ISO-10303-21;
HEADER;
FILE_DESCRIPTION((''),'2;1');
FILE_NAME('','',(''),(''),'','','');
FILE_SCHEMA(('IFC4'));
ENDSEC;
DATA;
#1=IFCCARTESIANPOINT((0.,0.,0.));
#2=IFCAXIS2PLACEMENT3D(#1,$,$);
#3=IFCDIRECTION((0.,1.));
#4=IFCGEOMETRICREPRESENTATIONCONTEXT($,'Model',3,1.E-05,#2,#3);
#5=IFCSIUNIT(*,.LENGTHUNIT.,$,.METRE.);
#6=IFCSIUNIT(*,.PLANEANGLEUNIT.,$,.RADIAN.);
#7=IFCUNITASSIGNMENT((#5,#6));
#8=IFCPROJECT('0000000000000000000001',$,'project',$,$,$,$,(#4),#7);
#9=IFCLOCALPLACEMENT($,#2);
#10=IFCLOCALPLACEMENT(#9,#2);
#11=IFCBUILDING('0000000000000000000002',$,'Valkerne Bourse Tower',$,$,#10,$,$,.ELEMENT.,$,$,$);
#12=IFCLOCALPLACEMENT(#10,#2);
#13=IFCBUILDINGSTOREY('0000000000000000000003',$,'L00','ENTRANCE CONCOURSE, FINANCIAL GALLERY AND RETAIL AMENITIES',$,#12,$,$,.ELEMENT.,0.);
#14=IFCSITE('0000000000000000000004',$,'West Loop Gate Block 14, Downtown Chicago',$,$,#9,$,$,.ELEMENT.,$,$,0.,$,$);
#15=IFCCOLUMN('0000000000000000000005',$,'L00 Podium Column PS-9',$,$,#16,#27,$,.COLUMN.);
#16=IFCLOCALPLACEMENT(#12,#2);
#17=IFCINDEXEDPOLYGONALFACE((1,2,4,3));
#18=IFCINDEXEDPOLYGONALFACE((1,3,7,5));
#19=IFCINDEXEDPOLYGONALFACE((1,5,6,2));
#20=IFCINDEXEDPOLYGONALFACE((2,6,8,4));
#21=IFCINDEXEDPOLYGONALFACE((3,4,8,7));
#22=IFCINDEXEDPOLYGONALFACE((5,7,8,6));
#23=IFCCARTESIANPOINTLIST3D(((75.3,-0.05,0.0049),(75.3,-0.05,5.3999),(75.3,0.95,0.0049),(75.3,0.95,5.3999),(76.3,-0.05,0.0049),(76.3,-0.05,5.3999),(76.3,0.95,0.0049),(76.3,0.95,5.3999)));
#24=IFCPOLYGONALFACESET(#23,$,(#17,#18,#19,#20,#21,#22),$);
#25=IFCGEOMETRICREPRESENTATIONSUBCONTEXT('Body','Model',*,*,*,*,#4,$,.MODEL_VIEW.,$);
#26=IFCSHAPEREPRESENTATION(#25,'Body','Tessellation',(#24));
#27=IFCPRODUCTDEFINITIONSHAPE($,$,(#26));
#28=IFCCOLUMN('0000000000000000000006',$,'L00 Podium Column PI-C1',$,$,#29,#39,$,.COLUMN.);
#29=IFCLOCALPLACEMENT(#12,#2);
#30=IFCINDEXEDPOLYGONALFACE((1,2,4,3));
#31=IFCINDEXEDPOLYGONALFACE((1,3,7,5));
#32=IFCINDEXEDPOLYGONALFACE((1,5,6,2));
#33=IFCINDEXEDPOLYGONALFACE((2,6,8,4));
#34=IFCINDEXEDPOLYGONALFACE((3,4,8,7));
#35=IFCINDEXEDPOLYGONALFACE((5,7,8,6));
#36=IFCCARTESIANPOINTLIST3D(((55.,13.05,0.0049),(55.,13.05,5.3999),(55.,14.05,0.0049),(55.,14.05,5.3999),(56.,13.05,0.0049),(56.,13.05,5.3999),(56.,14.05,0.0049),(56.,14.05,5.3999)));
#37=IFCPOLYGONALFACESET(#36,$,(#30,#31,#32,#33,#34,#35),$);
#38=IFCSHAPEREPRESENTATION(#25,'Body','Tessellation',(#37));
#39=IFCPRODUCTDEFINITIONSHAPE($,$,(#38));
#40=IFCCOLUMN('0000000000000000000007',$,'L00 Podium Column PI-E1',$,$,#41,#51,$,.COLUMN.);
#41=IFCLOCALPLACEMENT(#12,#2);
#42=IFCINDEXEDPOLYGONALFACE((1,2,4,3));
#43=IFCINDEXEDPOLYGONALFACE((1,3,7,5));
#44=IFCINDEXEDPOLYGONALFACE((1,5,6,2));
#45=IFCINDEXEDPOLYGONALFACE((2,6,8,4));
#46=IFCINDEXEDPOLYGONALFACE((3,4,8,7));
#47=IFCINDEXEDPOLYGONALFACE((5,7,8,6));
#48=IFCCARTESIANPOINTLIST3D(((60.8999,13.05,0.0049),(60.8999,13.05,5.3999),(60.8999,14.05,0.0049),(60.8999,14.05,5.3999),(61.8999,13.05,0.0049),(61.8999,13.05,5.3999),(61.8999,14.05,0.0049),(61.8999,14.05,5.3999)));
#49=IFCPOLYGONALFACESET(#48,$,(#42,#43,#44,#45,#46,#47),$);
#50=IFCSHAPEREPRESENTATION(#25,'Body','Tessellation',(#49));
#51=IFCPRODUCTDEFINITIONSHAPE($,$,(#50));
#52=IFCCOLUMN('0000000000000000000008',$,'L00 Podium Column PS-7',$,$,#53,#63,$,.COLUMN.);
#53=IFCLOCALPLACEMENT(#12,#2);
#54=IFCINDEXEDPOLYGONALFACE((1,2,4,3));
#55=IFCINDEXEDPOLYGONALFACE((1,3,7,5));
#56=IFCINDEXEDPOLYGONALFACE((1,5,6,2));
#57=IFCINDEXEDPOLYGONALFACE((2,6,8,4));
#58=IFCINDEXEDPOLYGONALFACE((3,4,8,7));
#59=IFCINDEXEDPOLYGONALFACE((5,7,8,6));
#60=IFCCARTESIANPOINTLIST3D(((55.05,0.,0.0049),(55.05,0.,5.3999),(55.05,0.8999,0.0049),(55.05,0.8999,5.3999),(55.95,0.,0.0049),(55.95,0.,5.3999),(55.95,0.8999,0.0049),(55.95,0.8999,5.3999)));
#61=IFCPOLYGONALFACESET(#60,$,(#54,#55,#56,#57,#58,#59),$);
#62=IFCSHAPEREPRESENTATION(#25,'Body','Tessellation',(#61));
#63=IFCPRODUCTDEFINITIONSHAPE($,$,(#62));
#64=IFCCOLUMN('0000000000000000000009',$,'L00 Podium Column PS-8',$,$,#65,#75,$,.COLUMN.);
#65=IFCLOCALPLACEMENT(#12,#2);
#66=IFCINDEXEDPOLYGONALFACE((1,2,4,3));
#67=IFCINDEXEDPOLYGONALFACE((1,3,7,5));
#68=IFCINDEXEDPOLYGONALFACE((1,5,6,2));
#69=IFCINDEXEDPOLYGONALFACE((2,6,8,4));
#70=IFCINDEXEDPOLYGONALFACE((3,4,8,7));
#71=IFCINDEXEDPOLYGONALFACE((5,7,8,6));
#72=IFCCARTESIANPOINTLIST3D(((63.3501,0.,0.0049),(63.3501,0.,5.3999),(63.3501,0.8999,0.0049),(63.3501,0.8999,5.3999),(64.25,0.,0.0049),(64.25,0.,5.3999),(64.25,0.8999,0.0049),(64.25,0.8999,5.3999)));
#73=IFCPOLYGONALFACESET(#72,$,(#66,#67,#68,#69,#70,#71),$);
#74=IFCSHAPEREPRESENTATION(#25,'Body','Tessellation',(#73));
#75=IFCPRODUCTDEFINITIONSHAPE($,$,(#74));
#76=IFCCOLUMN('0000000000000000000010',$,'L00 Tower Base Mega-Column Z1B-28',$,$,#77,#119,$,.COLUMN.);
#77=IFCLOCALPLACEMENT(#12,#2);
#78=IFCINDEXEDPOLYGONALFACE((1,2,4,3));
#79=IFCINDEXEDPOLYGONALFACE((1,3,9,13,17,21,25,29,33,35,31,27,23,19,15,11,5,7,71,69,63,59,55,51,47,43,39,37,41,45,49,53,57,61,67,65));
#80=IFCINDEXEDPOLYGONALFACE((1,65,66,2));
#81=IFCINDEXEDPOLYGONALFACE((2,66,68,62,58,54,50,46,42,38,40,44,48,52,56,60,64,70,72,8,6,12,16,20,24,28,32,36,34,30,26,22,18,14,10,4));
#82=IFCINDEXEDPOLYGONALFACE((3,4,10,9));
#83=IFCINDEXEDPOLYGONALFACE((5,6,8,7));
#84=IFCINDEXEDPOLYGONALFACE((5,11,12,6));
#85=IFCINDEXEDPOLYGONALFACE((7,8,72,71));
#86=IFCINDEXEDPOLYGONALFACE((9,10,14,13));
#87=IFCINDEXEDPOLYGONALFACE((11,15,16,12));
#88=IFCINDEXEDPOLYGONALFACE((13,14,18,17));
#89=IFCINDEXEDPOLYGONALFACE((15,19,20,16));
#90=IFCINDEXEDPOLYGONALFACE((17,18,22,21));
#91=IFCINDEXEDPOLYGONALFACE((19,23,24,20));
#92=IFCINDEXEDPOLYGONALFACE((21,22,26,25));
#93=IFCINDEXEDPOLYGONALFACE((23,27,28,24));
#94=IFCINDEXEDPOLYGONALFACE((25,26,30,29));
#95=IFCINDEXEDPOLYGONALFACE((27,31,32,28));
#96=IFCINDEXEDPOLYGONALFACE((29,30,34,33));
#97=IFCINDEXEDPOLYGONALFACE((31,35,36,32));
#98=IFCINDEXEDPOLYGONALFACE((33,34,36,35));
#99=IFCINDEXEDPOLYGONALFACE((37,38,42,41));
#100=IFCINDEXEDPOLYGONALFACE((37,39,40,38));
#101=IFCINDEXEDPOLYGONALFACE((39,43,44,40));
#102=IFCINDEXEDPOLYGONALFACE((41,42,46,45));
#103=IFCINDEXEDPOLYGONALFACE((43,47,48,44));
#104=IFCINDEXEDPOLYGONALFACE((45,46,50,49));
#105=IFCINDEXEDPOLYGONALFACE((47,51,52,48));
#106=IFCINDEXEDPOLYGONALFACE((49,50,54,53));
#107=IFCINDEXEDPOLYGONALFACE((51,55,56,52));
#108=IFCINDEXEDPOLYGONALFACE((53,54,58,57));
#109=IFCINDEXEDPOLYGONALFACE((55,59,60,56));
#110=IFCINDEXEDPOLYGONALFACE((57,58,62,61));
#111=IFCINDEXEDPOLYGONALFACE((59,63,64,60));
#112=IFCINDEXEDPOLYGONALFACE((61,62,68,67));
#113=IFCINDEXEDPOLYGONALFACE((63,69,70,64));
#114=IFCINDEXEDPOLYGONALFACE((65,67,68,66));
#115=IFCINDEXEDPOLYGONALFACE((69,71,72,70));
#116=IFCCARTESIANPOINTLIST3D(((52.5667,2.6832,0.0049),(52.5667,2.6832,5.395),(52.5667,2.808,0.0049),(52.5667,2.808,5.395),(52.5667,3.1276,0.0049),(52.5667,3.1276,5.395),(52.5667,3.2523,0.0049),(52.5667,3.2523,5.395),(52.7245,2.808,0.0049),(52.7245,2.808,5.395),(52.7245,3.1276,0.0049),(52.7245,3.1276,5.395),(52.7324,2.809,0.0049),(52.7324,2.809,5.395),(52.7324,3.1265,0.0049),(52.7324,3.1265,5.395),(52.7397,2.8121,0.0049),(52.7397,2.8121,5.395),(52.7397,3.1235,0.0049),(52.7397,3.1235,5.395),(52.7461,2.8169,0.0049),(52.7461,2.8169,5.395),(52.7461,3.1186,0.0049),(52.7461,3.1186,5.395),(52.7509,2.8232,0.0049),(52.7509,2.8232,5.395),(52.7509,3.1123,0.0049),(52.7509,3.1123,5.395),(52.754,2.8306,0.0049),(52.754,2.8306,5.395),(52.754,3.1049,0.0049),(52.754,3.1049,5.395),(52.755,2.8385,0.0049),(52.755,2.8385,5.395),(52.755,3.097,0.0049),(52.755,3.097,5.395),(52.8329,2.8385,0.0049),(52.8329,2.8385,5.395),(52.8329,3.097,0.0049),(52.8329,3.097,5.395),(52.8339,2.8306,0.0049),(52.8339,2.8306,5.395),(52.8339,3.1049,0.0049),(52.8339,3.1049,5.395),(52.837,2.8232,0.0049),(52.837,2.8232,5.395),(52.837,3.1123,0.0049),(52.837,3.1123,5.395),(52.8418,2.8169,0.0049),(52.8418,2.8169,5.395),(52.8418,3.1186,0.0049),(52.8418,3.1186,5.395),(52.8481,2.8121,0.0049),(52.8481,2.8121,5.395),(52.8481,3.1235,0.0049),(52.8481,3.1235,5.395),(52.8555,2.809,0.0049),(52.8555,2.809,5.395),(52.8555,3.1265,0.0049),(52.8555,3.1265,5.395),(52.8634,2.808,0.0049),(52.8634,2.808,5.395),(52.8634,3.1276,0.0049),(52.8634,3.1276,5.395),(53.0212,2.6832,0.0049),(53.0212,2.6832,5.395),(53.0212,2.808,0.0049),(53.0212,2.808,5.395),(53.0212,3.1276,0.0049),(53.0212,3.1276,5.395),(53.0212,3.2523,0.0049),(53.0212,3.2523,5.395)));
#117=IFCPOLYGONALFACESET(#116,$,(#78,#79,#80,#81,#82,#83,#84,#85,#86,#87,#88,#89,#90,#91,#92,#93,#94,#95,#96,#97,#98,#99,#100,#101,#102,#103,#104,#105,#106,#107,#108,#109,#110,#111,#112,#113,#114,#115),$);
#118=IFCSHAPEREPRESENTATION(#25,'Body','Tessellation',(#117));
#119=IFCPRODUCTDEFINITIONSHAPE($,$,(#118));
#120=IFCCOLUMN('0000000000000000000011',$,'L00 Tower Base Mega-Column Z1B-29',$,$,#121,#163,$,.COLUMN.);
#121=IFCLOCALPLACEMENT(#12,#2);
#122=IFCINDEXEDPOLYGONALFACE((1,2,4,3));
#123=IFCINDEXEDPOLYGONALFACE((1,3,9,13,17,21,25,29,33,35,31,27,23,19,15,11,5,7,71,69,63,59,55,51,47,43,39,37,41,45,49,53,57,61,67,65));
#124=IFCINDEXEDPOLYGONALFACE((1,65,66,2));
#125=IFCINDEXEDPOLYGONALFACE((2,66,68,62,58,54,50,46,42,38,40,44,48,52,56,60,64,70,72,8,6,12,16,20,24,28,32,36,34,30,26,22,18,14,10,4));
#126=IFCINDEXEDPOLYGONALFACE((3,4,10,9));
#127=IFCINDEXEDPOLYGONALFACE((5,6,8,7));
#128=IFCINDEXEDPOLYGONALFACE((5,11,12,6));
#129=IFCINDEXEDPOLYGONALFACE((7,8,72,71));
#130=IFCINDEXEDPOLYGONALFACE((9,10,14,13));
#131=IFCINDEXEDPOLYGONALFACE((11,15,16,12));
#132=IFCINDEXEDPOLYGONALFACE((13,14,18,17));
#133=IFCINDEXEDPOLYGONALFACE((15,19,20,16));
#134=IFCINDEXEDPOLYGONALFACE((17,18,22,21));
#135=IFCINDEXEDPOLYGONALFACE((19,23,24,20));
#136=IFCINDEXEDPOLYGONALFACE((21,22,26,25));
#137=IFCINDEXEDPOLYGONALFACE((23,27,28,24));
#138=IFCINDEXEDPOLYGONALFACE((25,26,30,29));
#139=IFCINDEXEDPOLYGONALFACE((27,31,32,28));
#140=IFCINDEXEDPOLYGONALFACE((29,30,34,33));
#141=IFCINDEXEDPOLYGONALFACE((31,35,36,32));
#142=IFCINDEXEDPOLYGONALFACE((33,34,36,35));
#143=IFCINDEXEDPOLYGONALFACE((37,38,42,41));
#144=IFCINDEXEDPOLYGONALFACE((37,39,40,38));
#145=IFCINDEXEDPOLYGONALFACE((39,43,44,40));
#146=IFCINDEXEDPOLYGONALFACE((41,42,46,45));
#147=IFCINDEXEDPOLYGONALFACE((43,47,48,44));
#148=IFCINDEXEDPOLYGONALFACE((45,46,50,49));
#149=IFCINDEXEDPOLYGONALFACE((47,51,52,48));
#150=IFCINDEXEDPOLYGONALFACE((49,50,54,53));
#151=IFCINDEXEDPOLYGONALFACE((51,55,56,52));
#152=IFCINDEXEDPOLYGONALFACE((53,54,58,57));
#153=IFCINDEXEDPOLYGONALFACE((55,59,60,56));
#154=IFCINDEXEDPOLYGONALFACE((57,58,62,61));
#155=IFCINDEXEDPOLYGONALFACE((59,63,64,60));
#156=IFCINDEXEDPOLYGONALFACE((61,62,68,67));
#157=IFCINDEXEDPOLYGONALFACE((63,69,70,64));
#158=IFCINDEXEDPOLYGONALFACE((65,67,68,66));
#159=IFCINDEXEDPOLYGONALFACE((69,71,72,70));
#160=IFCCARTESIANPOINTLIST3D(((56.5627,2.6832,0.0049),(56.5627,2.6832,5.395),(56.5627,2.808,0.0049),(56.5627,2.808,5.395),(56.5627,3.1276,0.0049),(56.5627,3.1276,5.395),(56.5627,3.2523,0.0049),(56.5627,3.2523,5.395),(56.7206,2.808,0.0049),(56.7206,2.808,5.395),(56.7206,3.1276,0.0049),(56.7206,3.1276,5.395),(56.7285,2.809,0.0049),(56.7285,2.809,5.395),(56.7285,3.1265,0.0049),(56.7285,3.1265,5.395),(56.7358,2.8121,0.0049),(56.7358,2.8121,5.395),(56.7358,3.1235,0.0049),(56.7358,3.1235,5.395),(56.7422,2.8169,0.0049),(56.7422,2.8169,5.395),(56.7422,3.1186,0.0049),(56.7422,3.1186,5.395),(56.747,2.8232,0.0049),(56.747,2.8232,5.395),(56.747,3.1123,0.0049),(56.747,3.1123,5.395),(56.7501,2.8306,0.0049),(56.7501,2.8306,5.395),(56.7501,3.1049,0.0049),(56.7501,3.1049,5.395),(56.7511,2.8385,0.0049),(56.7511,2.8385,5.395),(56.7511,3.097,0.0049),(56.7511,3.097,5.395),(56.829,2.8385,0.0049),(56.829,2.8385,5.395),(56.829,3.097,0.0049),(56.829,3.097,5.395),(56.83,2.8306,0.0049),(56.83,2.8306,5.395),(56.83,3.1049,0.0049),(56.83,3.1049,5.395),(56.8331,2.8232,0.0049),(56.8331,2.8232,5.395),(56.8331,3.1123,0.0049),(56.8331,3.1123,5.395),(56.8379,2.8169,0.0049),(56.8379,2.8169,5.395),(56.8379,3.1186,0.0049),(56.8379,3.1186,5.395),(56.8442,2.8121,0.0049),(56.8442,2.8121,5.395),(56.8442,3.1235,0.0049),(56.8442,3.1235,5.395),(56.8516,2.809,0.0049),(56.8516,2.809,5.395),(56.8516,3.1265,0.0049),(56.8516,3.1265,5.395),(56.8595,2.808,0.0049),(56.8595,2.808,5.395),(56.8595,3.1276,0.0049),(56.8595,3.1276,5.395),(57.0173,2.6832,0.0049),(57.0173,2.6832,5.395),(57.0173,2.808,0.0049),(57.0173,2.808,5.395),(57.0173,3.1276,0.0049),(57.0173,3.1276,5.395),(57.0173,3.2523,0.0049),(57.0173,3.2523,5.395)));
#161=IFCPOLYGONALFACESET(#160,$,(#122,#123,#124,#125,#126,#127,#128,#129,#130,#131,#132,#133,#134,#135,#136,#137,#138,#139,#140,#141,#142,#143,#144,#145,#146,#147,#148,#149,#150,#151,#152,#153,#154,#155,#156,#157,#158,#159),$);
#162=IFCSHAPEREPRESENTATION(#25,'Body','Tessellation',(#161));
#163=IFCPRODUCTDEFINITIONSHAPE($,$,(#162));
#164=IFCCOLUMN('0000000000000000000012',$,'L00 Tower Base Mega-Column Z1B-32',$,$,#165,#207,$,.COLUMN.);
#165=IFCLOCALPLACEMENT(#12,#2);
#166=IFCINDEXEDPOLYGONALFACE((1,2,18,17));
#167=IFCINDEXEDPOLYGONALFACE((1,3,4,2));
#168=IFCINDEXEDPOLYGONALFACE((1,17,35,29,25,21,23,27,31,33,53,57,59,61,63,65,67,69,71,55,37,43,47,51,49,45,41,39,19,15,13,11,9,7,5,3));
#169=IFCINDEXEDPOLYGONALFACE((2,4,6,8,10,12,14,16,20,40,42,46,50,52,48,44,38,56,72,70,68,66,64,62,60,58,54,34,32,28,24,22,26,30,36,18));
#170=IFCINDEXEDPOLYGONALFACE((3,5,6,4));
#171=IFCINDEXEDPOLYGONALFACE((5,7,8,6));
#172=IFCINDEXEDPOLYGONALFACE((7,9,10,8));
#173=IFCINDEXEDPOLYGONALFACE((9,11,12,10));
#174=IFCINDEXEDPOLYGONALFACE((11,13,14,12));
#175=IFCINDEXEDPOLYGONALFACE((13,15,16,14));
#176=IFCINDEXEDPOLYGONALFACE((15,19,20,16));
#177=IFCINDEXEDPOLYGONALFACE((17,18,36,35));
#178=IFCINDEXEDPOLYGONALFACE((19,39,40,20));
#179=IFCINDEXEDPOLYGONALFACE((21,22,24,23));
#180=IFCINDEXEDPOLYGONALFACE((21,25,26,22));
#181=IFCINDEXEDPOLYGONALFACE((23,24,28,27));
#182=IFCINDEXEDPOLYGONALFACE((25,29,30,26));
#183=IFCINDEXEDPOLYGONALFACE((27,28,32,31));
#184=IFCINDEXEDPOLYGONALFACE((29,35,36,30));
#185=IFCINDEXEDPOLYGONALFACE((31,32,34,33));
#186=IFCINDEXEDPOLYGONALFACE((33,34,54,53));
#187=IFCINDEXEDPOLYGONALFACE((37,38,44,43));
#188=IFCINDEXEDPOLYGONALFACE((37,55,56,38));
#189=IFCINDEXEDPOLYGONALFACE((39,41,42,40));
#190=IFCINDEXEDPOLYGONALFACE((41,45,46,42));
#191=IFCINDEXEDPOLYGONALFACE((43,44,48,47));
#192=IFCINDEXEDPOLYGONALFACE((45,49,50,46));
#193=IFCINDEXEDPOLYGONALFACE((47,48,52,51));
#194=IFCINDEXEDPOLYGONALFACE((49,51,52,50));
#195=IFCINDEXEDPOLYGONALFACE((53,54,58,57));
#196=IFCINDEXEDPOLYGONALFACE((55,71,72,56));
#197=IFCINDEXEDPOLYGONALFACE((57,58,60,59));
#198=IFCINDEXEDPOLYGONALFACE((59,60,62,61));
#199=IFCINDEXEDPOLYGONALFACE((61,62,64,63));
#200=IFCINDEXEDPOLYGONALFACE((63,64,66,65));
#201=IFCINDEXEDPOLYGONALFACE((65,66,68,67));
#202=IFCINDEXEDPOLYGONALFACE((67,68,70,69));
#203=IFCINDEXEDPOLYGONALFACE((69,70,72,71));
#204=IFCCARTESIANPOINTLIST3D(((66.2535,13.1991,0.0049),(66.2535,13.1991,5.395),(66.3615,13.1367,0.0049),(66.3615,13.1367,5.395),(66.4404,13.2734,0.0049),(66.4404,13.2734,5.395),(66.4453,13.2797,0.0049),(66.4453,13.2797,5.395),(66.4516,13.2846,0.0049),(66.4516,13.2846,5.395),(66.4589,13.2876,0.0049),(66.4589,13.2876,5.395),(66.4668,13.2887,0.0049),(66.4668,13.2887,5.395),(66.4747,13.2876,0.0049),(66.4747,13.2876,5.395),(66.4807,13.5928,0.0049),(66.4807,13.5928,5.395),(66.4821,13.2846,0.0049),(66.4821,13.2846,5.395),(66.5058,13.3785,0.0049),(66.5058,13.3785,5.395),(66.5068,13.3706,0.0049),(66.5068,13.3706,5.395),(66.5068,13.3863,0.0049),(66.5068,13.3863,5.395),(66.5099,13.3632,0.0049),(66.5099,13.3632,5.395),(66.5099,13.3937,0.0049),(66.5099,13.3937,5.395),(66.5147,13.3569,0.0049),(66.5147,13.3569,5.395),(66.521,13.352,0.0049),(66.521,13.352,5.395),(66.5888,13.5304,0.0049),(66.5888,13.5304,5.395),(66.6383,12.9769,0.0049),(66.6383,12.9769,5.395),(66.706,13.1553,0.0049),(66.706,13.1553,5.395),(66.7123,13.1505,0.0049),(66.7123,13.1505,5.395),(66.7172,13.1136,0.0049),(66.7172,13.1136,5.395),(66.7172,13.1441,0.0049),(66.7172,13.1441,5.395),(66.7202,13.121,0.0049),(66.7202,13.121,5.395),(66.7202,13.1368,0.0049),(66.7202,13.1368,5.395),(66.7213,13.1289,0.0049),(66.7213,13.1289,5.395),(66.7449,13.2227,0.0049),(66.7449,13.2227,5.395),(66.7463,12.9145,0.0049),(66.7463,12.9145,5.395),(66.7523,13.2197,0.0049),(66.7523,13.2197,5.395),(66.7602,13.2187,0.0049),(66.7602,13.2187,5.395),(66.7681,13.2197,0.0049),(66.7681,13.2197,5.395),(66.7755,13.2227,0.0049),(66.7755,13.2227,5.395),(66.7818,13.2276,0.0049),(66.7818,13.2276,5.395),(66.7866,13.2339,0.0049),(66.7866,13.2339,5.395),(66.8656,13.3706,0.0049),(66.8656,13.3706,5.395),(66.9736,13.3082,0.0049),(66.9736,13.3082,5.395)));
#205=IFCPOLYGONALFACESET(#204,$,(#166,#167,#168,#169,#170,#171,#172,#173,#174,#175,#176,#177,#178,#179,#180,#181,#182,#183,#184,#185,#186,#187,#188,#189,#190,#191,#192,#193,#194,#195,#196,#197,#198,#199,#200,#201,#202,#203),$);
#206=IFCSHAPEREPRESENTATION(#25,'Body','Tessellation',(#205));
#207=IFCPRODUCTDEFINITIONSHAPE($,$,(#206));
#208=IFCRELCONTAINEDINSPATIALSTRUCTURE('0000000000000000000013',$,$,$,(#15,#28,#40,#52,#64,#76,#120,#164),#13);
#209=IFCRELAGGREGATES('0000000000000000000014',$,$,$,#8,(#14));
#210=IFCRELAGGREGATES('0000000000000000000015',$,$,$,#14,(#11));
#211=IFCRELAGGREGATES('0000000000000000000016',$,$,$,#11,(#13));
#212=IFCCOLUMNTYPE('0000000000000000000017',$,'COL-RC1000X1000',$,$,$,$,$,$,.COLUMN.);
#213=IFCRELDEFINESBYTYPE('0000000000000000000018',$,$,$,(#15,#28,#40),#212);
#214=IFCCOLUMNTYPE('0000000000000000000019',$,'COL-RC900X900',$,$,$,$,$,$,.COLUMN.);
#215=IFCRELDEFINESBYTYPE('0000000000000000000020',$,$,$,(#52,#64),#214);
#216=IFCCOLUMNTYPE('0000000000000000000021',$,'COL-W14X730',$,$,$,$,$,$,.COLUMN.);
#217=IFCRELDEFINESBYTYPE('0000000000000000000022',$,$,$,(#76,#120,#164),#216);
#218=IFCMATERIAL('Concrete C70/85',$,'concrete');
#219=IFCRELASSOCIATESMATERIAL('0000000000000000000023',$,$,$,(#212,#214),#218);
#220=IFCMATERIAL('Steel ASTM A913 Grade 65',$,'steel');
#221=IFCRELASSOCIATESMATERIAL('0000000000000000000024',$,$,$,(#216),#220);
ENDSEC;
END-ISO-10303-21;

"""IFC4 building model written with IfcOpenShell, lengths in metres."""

from ifc_helpers import new_model, si_unit, direction, frame, origin, origin_2d, place, context, subcontext, project, spatial, rectangle, i_section, extrude, material, material_profile, profile_set, type_object, element, save


model = new_model("IFC4")

# Units and contexts
model_context = context("Model", 3, precision=1e-05, world=origin(), true_north=direction((0.0, 1.0)))
body_context = subcontext(model_context, "Body", "Model", "MODEL_VIEW")
ifc_project = project(units=[si_unit("LENGTHUNIT", "METRE"), si_unit("PLANEANGLEUNIT", "RADIAN")], contexts=[model_context])

# Site, building, storey
site_placement = place(None, origin())
site = spatial("IfcSite", under=ifc_project, at=site_placement, Name="West Loop Gate Block 14, Downtown Chicago", CompositionType="ELEMENT", RefElevation=0.0)
building_placement = place(site_placement, origin())
building = spatial("IfcBuilding", under=site, at=building_placement, Name="Valkerne Bourse Tower", CompositionType="ELEMENT")
storey_placement = place(building_placement, origin())
storey = spatial("IfcBuildingStorey", under=building, at=storey_placement, Name="L00", Description="ENTRANCE CONCOURSE, FINANCIAL GALLERY AND RETAIL AMENITIES", CompositionType="ELEMENT", Elevation=0.0)

# Columns
ifc_material_1 = material(Name="Concrete C70/85", Category="concrete")
ifc_material_profile_1 = material_profile(ifc_material_1, rectangle(XDim=1.0, YDim=1.0, at=origin_2d()), Name="RC1000X1000")
ifc_profile_set_1 = profile_set([ifc_material_profile_1], Name="Concrete C70/85")
column_type_1 = type_object("IfcColumnType", Name="COL-RC1000X1000", PredefinedType="COLUMN", material=ifc_profile_set_1)
for number, where, z_axis, x_axis, name in (
    (1, (75.8, 0.45, 0.0049), (0.0, 0.0, 1.0), (1.0, 0.0, 0.0), "L00 Podium Column PS-9"),
    (2, (55.5, 13.55, 0.0049), (0.0, 0.0, 1.0), (1.0, 0.0, 0.0), "L00 Podium Column PI-C1"),
    (3, (61.3999, 13.55, 0.0049), (0.0, 0.0, 1.0), (1.0, 0.0, 0.0), "L00 Podium Column PI-E1"),
):
    element("IfcColumn", number, at=place(storey_placement, frame(where, z_axis=z_axis, x_axis=x_axis)), inside=storey, type_object=column_type_1, Name=name, PredefinedType="COLUMN", context=body_context, shape_type="SweptSolid", body=[
        extrude(rectangle(XDim=1.0, YDim=1.0, at=origin_2d()), origin(), (0.0, 0.0, 1.0), 5.395),
    ])
ifc_material_profile_2 = material_profile(ifc_material_1, rectangle(XDim=0.8999, YDim=0.8999, at=origin_2d()), Name="RC900X900")
ifc_profile_set_2 = profile_set([ifc_material_profile_2], Name="Concrete C70/85")
column_type_2 = type_object("IfcColumnType", Name="COL-RC900X900", PredefinedType="COLUMN", material=ifc_profile_set_2)
for number, where, z_axis, x_axis, name in (
    (4, (55.5, 0.45, 0.0049), (0.0, 0.0, 1.0), (1.0, 0.0, 0.0), "L00 Podium Column PS-7"),
    (5, (63.8, 0.45, 0.0049), (0.0, 0.0, 1.0), (1.0, 0.0, 0.0), "L00 Podium Column PS-8"),
):
    element("IfcColumn", number, at=place(storey_placement, frame(where, z_axis=z_axis, x_axis=x_axis)), inside=storey, type_object=column_type_2, Name=name, PredefinedType="COLUMN", context=body_context, shape_type="SweptSolid", body=[
        extrude(rectangle(XDim=0.8999, YDim=0.8999, at=origin_2d()), origin(), (0.0, 0.0, 1.0), 5.395),
    ])
ifc_material_2 = material(Name="Steel ASTM A913 Grade 65", Category="steel")
ifc_material_profile_3 = material_profile(ifc_material_2, i_section(OverallWidth=0.4546, OverallDepth=0.5691, WebThickness=0.0779, FlangeThickness=0.1248, FilletRadius=0.0305, at=origin_2d()), Name="W14X730")
ifc_profile_set_3 = profile_set([ifc_material_profile_3], Name="Steel ASTM A913 Grade 65")
column_type_3 = type_object("IfcColumnType", Name="COL-W14X730", PredefinedType="COLUMN", material=ifc_profile_set_3)
for number, where, z_axis, x_axis, name in (
    (6, (52.7939, 2.9678, 0.0049), (0.0, 0.0, 1.0), (1.0, 0.0, 0.0), "L00 Tower Base Mega-Column Z1B-28"),
    (7, (56.79, 2.9678, 0.0049), (0.0, 0.0, 1.0), (1.0, 0.0, 0.0), "L00 Tower Base Mega-Column Z1B-29"),
    (8, (66.6135, 13.2537, 0.0049), (0.0, 0.0, 1.0), (0.5, 0.866025, 0.0), "L00 Tower Base Mega-Column Z1B-32"),
):
    element("IfcColumn", number, at=place(storey_placement, frame(where, z_axis=z_axis, x_axis=x_axis)), inside=storey, type_object=column_type_3, Name=name, PredefinedType="COLUMN", context=body_context, shape_type="SweptSolid", body=[
        extrude(i_section(OverallWidth=0.4546, OverallDepth=0.5691, WebThickness=0.0779, FlangeThickness=0.1248, FilletRadius=0.0305, at=origin_2d()), origin(), (0.0, 0.0, 1.0), 5.3901),
    ])

save(model, "model.ifc")
